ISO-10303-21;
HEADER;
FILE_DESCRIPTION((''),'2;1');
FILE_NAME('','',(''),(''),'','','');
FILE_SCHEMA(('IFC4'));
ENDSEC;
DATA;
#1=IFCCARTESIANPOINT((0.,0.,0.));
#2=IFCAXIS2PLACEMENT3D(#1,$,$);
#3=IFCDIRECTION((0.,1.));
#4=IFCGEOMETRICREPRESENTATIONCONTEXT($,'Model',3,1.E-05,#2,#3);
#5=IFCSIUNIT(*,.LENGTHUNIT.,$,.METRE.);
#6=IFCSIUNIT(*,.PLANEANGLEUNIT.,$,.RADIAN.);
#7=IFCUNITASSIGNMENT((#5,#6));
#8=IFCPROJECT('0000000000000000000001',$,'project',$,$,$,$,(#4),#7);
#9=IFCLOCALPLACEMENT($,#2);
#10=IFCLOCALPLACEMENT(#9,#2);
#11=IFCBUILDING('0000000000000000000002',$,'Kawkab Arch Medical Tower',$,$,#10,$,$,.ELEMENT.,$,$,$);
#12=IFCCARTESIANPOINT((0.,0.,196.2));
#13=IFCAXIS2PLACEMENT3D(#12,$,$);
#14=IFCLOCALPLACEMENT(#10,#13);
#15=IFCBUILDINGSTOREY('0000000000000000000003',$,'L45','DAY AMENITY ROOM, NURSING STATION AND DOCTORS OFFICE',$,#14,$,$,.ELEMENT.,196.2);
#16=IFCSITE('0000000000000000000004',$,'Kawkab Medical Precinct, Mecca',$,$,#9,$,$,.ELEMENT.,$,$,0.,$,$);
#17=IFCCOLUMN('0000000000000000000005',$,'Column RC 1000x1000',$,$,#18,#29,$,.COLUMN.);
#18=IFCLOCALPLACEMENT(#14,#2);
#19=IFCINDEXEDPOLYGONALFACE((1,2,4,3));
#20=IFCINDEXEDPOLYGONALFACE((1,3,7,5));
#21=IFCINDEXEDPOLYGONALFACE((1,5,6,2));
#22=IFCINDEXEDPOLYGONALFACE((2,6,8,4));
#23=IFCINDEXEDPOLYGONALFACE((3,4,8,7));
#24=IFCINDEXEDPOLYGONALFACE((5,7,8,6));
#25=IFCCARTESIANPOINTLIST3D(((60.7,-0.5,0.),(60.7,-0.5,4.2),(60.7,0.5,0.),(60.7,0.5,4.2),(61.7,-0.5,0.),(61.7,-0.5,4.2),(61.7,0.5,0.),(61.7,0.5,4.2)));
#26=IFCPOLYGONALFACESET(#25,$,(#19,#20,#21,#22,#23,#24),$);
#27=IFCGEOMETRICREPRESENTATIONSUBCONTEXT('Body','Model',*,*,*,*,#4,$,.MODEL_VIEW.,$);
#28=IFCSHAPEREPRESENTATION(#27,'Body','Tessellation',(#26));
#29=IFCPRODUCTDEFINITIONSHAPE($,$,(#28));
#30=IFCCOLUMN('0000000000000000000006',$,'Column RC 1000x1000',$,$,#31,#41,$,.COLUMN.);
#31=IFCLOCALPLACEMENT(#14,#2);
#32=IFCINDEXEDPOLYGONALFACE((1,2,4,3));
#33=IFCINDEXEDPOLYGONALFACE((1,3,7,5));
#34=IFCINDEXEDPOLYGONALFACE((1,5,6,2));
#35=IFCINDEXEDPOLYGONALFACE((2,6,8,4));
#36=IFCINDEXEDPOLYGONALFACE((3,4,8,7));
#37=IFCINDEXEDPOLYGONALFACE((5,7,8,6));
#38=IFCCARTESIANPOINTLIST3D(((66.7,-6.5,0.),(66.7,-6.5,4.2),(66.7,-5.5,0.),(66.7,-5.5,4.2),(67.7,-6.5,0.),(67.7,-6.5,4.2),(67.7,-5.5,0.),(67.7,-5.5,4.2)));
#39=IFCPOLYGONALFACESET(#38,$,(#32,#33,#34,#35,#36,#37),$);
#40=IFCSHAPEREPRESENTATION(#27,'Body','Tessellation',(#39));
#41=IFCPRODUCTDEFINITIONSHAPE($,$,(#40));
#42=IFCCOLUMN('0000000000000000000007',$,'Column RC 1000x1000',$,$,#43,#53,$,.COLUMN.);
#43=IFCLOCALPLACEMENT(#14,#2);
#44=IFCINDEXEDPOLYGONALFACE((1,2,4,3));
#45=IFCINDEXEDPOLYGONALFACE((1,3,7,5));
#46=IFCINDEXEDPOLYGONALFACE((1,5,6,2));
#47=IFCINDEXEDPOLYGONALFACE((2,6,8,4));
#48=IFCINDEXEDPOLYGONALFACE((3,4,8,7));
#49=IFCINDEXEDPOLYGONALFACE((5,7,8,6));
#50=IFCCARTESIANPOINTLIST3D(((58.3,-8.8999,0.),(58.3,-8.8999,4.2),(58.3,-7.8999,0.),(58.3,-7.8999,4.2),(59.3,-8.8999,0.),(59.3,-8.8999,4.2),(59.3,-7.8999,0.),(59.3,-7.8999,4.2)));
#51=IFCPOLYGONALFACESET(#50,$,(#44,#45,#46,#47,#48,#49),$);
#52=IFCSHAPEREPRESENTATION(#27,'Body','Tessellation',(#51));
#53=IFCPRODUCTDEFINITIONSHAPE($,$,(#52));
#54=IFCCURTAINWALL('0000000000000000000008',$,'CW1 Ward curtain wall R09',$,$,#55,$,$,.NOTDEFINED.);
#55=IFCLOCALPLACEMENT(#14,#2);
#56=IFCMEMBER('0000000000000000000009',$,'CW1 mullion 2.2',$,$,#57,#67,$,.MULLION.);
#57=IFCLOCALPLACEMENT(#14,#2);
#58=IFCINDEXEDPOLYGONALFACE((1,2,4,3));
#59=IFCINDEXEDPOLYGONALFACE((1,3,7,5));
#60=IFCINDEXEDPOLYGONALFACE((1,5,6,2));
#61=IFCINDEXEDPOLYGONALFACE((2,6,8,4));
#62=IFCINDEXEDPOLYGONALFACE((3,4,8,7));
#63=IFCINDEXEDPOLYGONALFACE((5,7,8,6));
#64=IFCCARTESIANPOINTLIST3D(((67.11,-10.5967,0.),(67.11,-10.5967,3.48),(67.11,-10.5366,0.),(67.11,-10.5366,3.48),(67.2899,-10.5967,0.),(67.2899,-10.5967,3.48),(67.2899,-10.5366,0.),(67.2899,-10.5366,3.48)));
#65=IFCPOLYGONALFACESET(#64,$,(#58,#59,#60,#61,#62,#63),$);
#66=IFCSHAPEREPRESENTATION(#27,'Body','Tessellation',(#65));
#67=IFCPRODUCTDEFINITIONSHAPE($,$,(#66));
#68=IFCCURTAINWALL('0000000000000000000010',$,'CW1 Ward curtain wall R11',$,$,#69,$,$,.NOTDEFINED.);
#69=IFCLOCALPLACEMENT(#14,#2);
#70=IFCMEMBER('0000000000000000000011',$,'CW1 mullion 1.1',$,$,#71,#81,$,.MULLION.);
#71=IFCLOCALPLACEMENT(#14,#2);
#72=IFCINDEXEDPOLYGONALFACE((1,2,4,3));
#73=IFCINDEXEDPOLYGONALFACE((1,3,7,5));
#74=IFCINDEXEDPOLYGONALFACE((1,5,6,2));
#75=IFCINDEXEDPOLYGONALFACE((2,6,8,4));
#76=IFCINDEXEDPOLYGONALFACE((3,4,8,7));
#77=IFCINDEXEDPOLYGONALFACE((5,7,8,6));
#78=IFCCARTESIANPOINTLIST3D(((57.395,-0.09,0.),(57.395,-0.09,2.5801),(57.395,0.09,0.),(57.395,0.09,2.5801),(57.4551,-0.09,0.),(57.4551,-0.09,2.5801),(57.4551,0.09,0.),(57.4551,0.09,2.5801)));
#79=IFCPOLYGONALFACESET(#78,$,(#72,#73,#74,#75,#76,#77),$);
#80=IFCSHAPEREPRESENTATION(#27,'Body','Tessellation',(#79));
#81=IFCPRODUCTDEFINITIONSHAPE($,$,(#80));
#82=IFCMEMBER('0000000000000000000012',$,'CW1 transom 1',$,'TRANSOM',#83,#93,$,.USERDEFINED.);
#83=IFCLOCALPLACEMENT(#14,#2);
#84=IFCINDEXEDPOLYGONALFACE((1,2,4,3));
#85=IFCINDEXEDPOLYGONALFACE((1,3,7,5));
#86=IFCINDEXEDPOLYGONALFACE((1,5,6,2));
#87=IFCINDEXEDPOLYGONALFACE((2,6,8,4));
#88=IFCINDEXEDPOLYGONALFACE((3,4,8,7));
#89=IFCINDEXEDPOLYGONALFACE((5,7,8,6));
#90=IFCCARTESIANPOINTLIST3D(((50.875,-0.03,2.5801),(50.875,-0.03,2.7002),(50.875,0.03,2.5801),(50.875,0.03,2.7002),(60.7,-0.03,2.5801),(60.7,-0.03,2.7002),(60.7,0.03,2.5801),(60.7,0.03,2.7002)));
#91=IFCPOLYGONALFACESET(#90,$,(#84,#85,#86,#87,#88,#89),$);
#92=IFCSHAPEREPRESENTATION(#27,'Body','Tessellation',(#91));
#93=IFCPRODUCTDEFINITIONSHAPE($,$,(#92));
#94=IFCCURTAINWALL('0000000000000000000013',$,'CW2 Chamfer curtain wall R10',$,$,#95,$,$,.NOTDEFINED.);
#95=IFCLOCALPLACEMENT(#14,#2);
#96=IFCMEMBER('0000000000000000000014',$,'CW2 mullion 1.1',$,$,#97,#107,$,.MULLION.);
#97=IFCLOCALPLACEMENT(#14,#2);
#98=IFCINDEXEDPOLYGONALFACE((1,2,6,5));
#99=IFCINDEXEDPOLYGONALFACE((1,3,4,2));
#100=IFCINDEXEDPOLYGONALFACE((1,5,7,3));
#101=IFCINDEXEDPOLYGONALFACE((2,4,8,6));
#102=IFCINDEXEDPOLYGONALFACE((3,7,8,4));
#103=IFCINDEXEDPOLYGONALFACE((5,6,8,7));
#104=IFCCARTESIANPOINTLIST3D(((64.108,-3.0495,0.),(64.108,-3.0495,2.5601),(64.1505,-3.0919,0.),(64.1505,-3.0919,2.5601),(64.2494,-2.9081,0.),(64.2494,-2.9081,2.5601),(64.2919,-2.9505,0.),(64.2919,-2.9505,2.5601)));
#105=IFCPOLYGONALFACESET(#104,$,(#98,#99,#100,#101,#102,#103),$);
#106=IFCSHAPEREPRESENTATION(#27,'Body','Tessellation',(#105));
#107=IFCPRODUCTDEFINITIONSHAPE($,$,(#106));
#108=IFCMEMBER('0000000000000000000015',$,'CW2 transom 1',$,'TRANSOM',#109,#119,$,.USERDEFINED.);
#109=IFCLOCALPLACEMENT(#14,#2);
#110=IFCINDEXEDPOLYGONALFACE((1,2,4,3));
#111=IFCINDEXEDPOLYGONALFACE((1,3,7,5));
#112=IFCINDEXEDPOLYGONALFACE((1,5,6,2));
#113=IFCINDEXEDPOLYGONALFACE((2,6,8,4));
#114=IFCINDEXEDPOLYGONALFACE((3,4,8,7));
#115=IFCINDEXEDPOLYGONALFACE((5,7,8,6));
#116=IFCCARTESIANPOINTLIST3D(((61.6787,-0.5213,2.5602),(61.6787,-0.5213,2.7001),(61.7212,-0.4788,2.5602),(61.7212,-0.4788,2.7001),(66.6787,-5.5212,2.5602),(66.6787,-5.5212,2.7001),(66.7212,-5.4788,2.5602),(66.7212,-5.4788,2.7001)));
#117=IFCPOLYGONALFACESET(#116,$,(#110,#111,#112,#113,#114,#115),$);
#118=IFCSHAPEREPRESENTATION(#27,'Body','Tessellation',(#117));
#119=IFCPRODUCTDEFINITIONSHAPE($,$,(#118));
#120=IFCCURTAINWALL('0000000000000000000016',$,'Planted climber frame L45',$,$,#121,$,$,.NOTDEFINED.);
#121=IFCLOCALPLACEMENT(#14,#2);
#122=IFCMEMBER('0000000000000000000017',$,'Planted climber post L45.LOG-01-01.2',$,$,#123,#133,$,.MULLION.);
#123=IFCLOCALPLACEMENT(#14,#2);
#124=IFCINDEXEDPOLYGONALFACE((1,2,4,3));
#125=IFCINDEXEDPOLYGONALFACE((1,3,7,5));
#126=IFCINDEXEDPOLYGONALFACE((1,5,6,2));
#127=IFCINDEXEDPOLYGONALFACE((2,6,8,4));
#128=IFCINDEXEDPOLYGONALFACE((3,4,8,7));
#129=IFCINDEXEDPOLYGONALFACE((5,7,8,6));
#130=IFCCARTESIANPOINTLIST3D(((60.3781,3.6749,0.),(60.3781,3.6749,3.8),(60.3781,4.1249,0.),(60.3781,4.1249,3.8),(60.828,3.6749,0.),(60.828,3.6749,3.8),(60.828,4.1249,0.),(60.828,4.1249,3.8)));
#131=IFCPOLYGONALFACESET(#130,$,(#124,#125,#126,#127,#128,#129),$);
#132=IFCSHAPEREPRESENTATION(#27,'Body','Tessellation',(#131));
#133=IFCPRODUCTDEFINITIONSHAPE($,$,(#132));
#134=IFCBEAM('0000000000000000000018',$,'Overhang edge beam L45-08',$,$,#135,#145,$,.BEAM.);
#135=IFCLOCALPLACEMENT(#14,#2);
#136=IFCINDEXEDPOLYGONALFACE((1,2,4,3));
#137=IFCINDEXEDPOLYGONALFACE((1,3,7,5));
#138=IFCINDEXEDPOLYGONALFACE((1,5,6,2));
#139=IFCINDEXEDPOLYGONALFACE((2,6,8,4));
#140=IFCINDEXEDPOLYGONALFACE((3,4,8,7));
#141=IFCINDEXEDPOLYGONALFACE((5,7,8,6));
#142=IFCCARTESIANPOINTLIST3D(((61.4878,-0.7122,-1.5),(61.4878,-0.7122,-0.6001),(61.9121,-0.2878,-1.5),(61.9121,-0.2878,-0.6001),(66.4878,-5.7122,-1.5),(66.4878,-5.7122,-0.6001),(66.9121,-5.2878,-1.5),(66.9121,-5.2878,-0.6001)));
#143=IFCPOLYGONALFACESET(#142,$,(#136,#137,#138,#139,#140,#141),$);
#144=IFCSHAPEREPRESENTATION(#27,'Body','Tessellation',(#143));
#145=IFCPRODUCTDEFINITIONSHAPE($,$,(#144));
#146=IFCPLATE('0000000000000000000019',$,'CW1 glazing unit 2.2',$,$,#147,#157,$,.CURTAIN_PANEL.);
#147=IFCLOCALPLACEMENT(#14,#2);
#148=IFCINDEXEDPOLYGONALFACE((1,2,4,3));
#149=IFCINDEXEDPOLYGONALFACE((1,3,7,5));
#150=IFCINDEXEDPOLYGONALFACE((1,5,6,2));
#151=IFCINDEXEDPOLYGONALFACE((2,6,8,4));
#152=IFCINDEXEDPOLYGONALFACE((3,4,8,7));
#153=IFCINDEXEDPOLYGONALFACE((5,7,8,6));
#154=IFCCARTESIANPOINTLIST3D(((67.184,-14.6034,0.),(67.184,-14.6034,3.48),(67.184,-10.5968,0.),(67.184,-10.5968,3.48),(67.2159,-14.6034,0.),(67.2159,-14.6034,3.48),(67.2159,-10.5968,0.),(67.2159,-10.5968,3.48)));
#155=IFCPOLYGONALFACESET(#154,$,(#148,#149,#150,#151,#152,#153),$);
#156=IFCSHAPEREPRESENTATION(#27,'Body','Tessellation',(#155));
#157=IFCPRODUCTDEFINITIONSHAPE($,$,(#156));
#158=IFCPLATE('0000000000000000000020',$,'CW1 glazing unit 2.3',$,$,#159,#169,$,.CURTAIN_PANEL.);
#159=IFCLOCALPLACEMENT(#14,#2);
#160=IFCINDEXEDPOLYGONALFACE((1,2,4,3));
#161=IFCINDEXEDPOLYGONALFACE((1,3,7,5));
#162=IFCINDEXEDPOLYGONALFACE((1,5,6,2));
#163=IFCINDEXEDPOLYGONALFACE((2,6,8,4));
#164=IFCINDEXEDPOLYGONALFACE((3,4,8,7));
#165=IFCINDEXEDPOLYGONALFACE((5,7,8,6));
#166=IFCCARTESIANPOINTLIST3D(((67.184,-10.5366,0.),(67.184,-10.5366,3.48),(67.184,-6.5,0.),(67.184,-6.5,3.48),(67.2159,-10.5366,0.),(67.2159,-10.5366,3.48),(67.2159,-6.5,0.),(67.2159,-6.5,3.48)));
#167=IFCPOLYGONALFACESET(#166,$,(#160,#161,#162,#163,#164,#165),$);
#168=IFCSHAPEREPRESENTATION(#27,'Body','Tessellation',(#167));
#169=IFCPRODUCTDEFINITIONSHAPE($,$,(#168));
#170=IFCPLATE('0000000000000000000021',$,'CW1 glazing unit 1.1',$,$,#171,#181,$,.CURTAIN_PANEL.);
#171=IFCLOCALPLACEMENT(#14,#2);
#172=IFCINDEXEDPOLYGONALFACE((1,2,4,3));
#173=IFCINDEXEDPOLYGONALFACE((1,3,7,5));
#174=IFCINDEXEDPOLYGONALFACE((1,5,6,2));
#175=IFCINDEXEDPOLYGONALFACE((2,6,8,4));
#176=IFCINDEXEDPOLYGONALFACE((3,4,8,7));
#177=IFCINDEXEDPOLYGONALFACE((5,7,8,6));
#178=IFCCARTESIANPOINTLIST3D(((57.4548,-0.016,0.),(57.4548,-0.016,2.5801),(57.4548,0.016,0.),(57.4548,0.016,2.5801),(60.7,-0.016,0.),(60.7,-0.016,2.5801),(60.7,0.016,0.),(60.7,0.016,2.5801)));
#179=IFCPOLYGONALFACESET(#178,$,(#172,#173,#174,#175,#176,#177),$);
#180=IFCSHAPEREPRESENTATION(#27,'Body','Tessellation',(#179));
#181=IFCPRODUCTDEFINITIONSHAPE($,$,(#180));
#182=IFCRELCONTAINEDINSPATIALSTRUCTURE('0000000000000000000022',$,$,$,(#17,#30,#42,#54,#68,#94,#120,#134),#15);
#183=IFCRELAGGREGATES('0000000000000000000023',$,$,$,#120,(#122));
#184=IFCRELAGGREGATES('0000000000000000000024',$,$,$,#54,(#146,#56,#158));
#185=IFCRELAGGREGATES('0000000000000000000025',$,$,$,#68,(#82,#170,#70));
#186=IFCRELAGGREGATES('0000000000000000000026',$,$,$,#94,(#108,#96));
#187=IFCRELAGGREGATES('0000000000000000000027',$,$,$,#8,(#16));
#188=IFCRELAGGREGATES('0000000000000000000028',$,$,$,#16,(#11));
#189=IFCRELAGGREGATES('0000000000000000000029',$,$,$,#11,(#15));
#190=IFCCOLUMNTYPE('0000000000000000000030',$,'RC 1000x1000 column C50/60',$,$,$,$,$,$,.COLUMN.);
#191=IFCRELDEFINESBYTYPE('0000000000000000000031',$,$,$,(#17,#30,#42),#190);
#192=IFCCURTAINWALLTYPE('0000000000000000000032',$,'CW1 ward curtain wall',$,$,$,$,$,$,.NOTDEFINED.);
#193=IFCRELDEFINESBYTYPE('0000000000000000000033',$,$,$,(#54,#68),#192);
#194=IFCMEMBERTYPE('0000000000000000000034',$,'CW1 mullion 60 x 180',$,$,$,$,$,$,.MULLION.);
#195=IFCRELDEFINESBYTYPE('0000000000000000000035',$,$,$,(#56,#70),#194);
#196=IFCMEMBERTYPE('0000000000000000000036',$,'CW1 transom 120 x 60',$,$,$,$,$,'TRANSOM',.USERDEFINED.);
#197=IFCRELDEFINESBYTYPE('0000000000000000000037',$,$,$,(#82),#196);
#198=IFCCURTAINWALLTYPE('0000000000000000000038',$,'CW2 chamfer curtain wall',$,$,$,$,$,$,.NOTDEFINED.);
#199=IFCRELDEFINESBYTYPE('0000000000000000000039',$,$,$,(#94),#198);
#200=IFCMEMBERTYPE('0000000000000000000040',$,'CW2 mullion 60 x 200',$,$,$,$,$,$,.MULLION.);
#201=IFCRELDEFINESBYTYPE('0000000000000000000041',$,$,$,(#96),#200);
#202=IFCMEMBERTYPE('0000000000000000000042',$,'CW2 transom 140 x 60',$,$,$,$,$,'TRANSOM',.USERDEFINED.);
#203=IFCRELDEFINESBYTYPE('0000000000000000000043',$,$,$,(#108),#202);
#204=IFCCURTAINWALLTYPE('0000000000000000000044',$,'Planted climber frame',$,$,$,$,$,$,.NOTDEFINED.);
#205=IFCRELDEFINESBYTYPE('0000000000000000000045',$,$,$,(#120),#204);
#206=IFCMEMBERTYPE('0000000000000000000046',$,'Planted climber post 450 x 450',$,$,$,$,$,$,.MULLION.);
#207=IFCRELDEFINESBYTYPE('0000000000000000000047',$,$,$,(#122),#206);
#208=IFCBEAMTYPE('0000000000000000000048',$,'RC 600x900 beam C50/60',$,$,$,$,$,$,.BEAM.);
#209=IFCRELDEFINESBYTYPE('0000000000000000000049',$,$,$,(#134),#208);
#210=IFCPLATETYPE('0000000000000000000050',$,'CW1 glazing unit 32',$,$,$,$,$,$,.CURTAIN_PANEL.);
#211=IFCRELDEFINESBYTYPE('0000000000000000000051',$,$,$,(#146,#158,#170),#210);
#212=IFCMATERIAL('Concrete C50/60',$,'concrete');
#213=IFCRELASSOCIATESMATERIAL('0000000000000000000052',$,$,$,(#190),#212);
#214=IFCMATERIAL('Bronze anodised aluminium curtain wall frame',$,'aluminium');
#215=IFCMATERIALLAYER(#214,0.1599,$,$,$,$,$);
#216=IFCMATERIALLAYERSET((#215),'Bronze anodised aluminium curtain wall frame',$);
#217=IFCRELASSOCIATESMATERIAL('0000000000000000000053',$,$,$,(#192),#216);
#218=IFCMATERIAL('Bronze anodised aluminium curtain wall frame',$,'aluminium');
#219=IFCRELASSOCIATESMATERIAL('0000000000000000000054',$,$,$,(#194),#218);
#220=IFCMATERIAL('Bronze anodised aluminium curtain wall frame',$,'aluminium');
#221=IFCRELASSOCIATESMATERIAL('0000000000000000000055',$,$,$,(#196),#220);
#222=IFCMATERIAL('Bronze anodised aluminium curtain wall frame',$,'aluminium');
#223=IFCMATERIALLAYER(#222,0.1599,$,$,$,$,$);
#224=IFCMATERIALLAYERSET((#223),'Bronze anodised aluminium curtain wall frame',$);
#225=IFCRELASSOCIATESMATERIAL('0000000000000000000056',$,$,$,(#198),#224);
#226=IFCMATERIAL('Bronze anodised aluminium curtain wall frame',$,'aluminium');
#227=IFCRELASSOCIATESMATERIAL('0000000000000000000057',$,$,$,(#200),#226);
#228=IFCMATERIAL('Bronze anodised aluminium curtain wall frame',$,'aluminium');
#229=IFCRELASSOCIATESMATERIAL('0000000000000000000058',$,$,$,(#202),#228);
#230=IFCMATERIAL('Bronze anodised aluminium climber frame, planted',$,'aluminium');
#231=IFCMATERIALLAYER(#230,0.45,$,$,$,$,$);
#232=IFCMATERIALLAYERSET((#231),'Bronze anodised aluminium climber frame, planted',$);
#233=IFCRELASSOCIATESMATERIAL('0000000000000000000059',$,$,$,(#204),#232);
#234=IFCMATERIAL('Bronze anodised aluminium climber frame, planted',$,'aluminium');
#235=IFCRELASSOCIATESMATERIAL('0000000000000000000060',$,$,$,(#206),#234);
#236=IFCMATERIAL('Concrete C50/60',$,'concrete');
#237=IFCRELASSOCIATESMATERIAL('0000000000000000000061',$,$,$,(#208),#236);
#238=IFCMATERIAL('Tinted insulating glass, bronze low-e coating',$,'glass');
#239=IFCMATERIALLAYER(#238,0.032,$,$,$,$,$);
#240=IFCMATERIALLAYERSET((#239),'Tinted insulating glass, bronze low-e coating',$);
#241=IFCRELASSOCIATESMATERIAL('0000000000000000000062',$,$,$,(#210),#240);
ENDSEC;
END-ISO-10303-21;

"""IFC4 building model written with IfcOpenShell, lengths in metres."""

from ifc_helpers import new_model, si_unit, direction, frame, origin, origin_2d, place, context, subcontext, project, spatial, rectangle, extrude, material, layer, layer_set, material_profile, profile_set, type_object, element, aggregate, save


model = new_model("IFC4")

# Units and contexts
model_context = context("Model", 3, precision=1e-05, world=origin(), true_north=direction((0.0, 1.0)))
body_context = subcontext(model_context, "Body", "Model", "MODEL_VIEW")
ifc_project = project(units=[si_unit("LENGTHUNIT", "METRE"), si_unit("PLANEANGLEUNIT", "RADIAN")], contexts=[model_context])

# Site, building, storey
site_placement = place(None, origin())
site = spatial("IfcSite", under=ifc_project, at=site_placement, Name="Kawkab Medical Precinct, Mecca", CompositionType="ELEMENT", RefElevation=0.0)
building_placement = place(site_placement, origin())
building = spatial("IfcBuilding", under=site, at=building_placement, Name="Kawkab Arch Medical Tower", CompositionType="ELEMENT")
storey_placement = place(building_placement, frame((0.0, 0.0, 196.2)))
storey = spatial("IfcBuildingStorey", under=building, at=storey_placement, Name="L45", Description="DAY AMENITY ROOM, NURSING STATION AND DOCTORS OFFICE", CompositionType="ELEMENT", Elevation=196.2)

# Columns
ifc_material_1 = material(Name="Concrete C50/60", Category="concrete")
ifc_material_profile_1 = material_profile(ifc_material_1, rectangle(XDim=1.0, YDim=1.0, at=origin_2d()), Name="RC 1000x1000")
ifc_profile_set_1 = profile_set([ifc_material_profile_1], Name="Concrete C50/60")
column_type = type_object("IfcColumnType", Name="RC 1000x1000 column C50/60", PredefinedType="COLUMN", material=ifc_profile_set_1)
for number, where, z_axis, x_axis, name in (
    (1, (61.2, 0.0, 0.0), (0.0, 0.0, 1.0), (1.0, 0.0, 0.0), "Column RC 1000x1000"),
    (2, (67.2, -6.0, 0.0), (0.0, 0.0, 1.0), (1.0, 0.0, 0.0), "Column RC 1000x1000"),
    (3, (58.8, -8.3999, 0.0), (0.0, 0.0, 1.0), (1.0, 0.0, 0.0), "Column RC 1000x1000"),
):
    element("IfcColumn", number, at=place(storey_placement, frame(where, z_axis=z_axis, x_axis=x_axis)), inside=storey, type_object=column_type, Name=name, PredefinedType="COLUMN", context=body_context, shape_type="SweptSolid", body=[
        extrude(rectangle(XDim=1.0, YDim=1.0, at=origin_2d()), origin(), (0.0, 0.0, 1.0), 4.2),
    ])

# Curtain wall, member
ifc_material_2 = material(Name="Bronze anodised aluminium curtain wall frame", Category="aluminium")
ifc_layer_1 = layer(ifc_material_2, 0.1599)
ifc_layer_set_1 = layer_set([ifc_layer_1], Name="Bronze anodised aluminium curtain wall frame")
curtain_wall_type_1 = type_object("IfcCurtainWallType", Name="CW1 ward curtain wall", PredefinedType="NOTDEFINED", material=ifc_layer_set_1)
placement = place(storey_placement, origin())
curtain_wall_1 = element("IfcCurtainWall", 4, at=placement, inside=storey, type_object=curtain_wall_type_1, Name="CW1 Ward curtain wall R09", PredefinedType="NOTDEFINED")
ifc_material_3 = material(Name="Bronze anodised aluminium curtain wall frame", Category="aluminium")
ifc_material_profile_2 = material_profile(ifc_material_3, rectangle(XDim=0.1799, YDim=0.0601, at=origin_2d()), Name="AL 60x180")
ifc_profile_set_2 = profile_set([ifc_material_profile_2], Name="Bronze anodised aluminium curtain wall frame")
member_type_1 = type_object("IfcMemberType", Name="CW1 mullion 60 x 180", PredefinedType="MULLION", material=ifc_profile_set_2)
member_1_placement = place(storey_placement, frame((67.2, -10.5667, 0.0), z_axis=(0.0, 0.0, 1.0), x_axis=(-1.0, 0.0, 0.0)))
member_1 = element("IfcMember", 5, at=member_1_placement, type_object=member_type_1, Name="CW1 mullion 2.2", PredefinedType="MULLION", context=body_context, shape_type="SweptSolid", body=[
    extrude(rectangle(XDim=0.1799, YDim=0.0601, at=origin_2d()), origin(), (0.0, 0.0, 1.0), 3.48),
])

# Curtain walls, members
curtain_wall_2 = element("IfcCurtainWall", 6, at=placement, inside=storey, type_object=curtain_wall_type_1, Name="CW1 Ward curtain wall R11", PredefinedType="NOTDEFINED")
member_2_placement = place(storey_placement, frame((57.425, 0.0, 0.0), z_axis=(0.0, 0.0, 1.0), x_axis=(0.0, -1.0, 0.0)))
member_2 = element("IfcMember", 7, at=member_2_placement, type_object=member_type_1, Name="CW1 mullion 1.1", PredefinedType="MULLION", context=body_context, shape_type="SweptSolid", body=[
    extrude(rectangle(XDim=0.1799, YDim=0.0601, at=origin_2d()), origin(), (0.0, 0.0, 1.0), 2.5801),
])
ifc_material_4 = material(Name="Bronze anodised aluminium curtain wall frame", Category="aluminium")
ifc_material_profile_3 = material_profile(ifc_material_4, rectangle(XDim=0.0601, YDim=0.1201, at=origin_2d()), Name="AL 60x120")
ifc_profile_set_3 = profile_set([ifc_material_profile_3], Name="Bronze anodised aluminium curtain wall frame")
member_type_2 = type_object("IfcMemberType", Name="CW1 transom 120 x 60", ElementType="TRANSOM", PredefinedType="USERDEFINED", material=ifc_profile_set_3)
member_3_placement = place(storey_placement, frame((60.7, 0.0, 2.6401), z_axis=(-1.0, 0.0, 0.0), x_axis=(0.0, -1.0, 0.0)))
member_3 = element("IfcMember", 8, at=member_3_placement, type_object=member_type_2, Name="CW1 transom 1", ObjectType="TRANSOM", PredefinedType="USERDEFINED", context=body_context, shape_type="SweptSolid", body=[
    extrude(rectangle(XDim=0.0601, YDim=0.1201, at=origin_2d()), origin(), (0.0, 0.0, 1.0), 9.825),
])
ifc_material_5 = material(Name="Bronze anodised aluminium curtain wall frame", Category="aluminium")
ifc_layer_2 = layer(ifc_material_5, 0.1599)
ifc_layer_set_2 = layer_set([ifc_layer_2], Name="Bronze anodised aluminium curtain wall frame")
curtain_wall_type_2 = type_object("IfcCurtainWallType", Name="CW2 chamfer curtain wall", PredefinedType="NOTDEFINED", material=ifc_layer_set_2)
curtain_wall_3 = element("IfcCurtainWall", 9, at=placement, inside=storey, type_object=curtain_wall_type_2, Name="CW2 Chamfer curtain wall R10", PredefinedType="NOTDEFINED")
ifc_material_6 = material(Name="Bronze anodised aluminium curtain wall frame", Category="aluminium")
ifc_material_profile_4 = material_profile(ifc_material_6, rectangle(XDim=0.2, YDim=0.0601, at=origin_2d()), Name="AL 60x200")
ifc_profile_set_4 = profile_set([ifc_material_profile_4], Name="Bronze anodised aluminium curtain wall frame")
member_type_3 = type_object("IfcMemberType", Name="CW2 mullion 60 x 200", PredefinedType="MULLION", material=ifc_profile_set_4)
member_4_placement = place(storey_placement, frame((64.2, -3.0, 0.0), z_axis=(0.0, 0.0, 1.0), x_axis=(-0.707107, -0.707107, 0.0)))
member_4 = element("IfcMember", 10, at=member_4_placement, type_object=member_type_3, Name="CW2 mullion 1.1", PredefinedType="MULLION", context=body_context, shape_type="SweptSolid", body=[
    extrude(rectangle(XDim=0.2, YDim=0.0601, at=origin_2d()), origin(), (0.0, 0.0, 1.0), 2.5601),
])
ifc_material_7 = material(Name="Bronze anodised aluminium curtain wall frame", Category="aluminium")
ifc_material_profile_5 = material_profile(ifc_material_7, rectangle(XDim=0.0601, YDim=0.1399, at=origin_2d()), Name="AL 60x140")
ifc_profile_set_5 = profile_set([ifc_material_profile_5], Name="Bronze anodised aluminium curtain wall frame")
member_type_4 = type_object("IfcMemberType", Name="CW2 transom 140 x 60", ElementType="TRANSOM", PredefinedType="USERDEFINED", material=ifc_profile_set_5)
member_5_placement = place(storey_placement, frame((66.7, -5.5, 2.6301), z_axis=(-0.707107, 0.707107, 0.0), x_axis=(-0.707107, -0.707107, 0.0)))
member_5 = element("IfcMember", 11, at=member_5_placement, type_object=member_type_4, Name="CW2 transom 1", ObjectType="TRANSOM", PredefinedType="USERDEFINED", context=body_context, shape_type="SweptSolid", body=[
    extrude(rectangle(XDim=0.0601, YDim=0.1399, at=origin_2d()), origin(), (0.0, 0.0, 1.0), 7.071),
])

# Curtain wall, member
ifc_material_8 = material(Name="Bronze anodised aluminium climber frame, planted", Category="aluminium")
ifc_layer_3 = layer(ifc_material_8, 0.45)
ifc_layer_set_3 = layer_set([ifc_layer_3], Name="Bronze anodised aluminium climber frame, planted")
curtain_wall_type_3 = type_object("IfcCurtainWallType", Name="Planted climber frame", PredefinedType="NOTDEFINED", material=ifc_layer_set_3)
curtain_wall_4 = element("IfcCurtainWall", 12, at=placement, inside=storey, type_object=curtain_wall_type_3, Name="Planted climber frame L45", PredefinedType="NOTDEFINED")
ifc_material_9 = material(Name="Bronze anodised aluminium climber frame, planted", Category="aluminium")
ifc_material_profile_6 = material_profile(ifc_material_9, rectangle(XDim=0.45, YDim=0.45, at=origin_2d()), Name="Post 450x450")
ifc_profile_set_6 = profile_set([ifc_material_profile_6], Name="Bronze anodised aluminium climber frame, planted")
member_type_5 = type_object("IfcMemberType", Name="Planted climber post 450 x 450", PredefinedType="MULLION", material=ifc_profile_set_6)
member_6_placement = place(storey_placement, frame((60.603, 3.8999, 0.0), z_axis=(0.0, 0.0, 1.0), x_axis=(1.0, 0.0, 0.0)))
member_6 = element("IfcMember", 13, at=member_6_placement, type_object=member_type_5, Name="Planted climber post L45.LOG-01-01.2", PredefinedType="MULLION", context=body_context, shape_type="SweptSolid", body=[
    extrude(rectangle(XDim=0.45, YDim=0.45, at=origin_2d()), origin(), (0.0, 0.0, 1.0), 3.8),
])
aggregate(curtain_wall_4, [member_6])

# Beam
ifc_material_10 = material(Name="Concrete C50/60", Category="concrete")
ifc_material_profile_7 = material_profile(ifc_material_10, rectangle(XDim=0.6001, YDim=0.8999, at=origin_2d()), Name="RC 600x900")
ifc_profile_set_7 = profile_set([ifc_material_profile_7], Name="Concrete C50/60")
beam_type = type_object("IfcBeamType", Name="RC 600x900 beam C50/60", PredefinedType="BEAM", material=ifc_profile_set_7)
beam_placement = place(storey_placement, frame((61.7, -0.5, -1.05), z_axis=(0.707107, -0.707107, 0.0), x_axis=(0.707107, 0.707107, 0.0)))
element("IfcBeam", 14, at=beam_placement, inside=storey, type_object=beam_type, Name="Overhang edge beam L45-08", PredefinedType="BEAM", context=body_context, shape_type="SweptSolid", body=[
    extrude(rectangle(XDim=0.6001, YDim=0.8999, at=origin_2d()), origin(), (0.0, 0.0, 1.0), 7.071),
])

# Plates
ifc_material_11 = material(Name="Tinted insulating glass, bronze low-e coating", Category="glass")
ifc_layer_4 = layer(ifc_material_11, 0.032)
ifc_layer_set_4 = layer_set([ifc_layer_4], Name="Tinted insulating glass, bronze low-e coating")
plate_type_1 = type_object("IfcPlateType", Name="CW1 glazing unit 32", PredefinedType="CURTAIN_PANEL", material=ifc_layer_set_4)
plate_1_placement = place(storey_placement, frame((67.2, -12.6001, 0.0), z_axis=(0.0, 0.0, 1.0), x_axis=(0.0, 1.0, 0.0)))
plate_1 = element("IfcPlate", 15, at=plate_1_placement, type_object=plate_type_1, Name="CW1 glazing unit 2.2", PredefinedType="CURTAIN_PANEL", context=body_context, shape_type="SweptSolid", body=[
    extrude(rectangle(XDim=4.0066, YDim=0.032, at=origin_2d()), origin(), (0.0, 0.0, 1.0), 3.48),
])
plate_2_placement = place(storey_placement, frame((67.2, -8.5183, 0.0), z_axis=(0.0, 0.0, 1.0), x_axis=(0.0, 1.0, 0.0)))
plate_2 = element("IfcPlate", 16, at=plate_2_placement, type_object=plate_type_1, Name="CW1 glazing unit 2.3", PredefinedType="CURTAIN_PANEL", context=body_context, shape_type="SweptSolid", body=[
    extrude(rectangle(XDim=4.0366, YDim=0.032, at=origin_2d()), origin(), (0.0, 0.0, 1.0), 3.48),
])
aggregate(curtain_wall_1, [plate_1, member_1, plate_2])
plate_3_placement = place(storey_placement, frame((59.0774, 0.0, 0.0), z_axis=(0.0, 0.0, 1.0), x_axis=(-1.0, 0.0, 0.0)))
plate_3 = element("IfcPlate", 17, at=plate_3_placement, type_object=plate_type_1, Name="CW1 glazing unit 1.1", PredefinedType="CURTAIN_PANEL", context=body_context, shape_type="SweptSolid", body=[
    extrude(rectangle(XDim=3.2451, YDim=0.032, at=origin_2d()), origin(), (0.0, 0.0, 1.0), 2.5801),
])
aggregate(curtain_wall_2, [member_3, plate_3, member_2])
aggregate(curtain_wall_3, [member_5, member_4])

save(model, "model.ifc")
